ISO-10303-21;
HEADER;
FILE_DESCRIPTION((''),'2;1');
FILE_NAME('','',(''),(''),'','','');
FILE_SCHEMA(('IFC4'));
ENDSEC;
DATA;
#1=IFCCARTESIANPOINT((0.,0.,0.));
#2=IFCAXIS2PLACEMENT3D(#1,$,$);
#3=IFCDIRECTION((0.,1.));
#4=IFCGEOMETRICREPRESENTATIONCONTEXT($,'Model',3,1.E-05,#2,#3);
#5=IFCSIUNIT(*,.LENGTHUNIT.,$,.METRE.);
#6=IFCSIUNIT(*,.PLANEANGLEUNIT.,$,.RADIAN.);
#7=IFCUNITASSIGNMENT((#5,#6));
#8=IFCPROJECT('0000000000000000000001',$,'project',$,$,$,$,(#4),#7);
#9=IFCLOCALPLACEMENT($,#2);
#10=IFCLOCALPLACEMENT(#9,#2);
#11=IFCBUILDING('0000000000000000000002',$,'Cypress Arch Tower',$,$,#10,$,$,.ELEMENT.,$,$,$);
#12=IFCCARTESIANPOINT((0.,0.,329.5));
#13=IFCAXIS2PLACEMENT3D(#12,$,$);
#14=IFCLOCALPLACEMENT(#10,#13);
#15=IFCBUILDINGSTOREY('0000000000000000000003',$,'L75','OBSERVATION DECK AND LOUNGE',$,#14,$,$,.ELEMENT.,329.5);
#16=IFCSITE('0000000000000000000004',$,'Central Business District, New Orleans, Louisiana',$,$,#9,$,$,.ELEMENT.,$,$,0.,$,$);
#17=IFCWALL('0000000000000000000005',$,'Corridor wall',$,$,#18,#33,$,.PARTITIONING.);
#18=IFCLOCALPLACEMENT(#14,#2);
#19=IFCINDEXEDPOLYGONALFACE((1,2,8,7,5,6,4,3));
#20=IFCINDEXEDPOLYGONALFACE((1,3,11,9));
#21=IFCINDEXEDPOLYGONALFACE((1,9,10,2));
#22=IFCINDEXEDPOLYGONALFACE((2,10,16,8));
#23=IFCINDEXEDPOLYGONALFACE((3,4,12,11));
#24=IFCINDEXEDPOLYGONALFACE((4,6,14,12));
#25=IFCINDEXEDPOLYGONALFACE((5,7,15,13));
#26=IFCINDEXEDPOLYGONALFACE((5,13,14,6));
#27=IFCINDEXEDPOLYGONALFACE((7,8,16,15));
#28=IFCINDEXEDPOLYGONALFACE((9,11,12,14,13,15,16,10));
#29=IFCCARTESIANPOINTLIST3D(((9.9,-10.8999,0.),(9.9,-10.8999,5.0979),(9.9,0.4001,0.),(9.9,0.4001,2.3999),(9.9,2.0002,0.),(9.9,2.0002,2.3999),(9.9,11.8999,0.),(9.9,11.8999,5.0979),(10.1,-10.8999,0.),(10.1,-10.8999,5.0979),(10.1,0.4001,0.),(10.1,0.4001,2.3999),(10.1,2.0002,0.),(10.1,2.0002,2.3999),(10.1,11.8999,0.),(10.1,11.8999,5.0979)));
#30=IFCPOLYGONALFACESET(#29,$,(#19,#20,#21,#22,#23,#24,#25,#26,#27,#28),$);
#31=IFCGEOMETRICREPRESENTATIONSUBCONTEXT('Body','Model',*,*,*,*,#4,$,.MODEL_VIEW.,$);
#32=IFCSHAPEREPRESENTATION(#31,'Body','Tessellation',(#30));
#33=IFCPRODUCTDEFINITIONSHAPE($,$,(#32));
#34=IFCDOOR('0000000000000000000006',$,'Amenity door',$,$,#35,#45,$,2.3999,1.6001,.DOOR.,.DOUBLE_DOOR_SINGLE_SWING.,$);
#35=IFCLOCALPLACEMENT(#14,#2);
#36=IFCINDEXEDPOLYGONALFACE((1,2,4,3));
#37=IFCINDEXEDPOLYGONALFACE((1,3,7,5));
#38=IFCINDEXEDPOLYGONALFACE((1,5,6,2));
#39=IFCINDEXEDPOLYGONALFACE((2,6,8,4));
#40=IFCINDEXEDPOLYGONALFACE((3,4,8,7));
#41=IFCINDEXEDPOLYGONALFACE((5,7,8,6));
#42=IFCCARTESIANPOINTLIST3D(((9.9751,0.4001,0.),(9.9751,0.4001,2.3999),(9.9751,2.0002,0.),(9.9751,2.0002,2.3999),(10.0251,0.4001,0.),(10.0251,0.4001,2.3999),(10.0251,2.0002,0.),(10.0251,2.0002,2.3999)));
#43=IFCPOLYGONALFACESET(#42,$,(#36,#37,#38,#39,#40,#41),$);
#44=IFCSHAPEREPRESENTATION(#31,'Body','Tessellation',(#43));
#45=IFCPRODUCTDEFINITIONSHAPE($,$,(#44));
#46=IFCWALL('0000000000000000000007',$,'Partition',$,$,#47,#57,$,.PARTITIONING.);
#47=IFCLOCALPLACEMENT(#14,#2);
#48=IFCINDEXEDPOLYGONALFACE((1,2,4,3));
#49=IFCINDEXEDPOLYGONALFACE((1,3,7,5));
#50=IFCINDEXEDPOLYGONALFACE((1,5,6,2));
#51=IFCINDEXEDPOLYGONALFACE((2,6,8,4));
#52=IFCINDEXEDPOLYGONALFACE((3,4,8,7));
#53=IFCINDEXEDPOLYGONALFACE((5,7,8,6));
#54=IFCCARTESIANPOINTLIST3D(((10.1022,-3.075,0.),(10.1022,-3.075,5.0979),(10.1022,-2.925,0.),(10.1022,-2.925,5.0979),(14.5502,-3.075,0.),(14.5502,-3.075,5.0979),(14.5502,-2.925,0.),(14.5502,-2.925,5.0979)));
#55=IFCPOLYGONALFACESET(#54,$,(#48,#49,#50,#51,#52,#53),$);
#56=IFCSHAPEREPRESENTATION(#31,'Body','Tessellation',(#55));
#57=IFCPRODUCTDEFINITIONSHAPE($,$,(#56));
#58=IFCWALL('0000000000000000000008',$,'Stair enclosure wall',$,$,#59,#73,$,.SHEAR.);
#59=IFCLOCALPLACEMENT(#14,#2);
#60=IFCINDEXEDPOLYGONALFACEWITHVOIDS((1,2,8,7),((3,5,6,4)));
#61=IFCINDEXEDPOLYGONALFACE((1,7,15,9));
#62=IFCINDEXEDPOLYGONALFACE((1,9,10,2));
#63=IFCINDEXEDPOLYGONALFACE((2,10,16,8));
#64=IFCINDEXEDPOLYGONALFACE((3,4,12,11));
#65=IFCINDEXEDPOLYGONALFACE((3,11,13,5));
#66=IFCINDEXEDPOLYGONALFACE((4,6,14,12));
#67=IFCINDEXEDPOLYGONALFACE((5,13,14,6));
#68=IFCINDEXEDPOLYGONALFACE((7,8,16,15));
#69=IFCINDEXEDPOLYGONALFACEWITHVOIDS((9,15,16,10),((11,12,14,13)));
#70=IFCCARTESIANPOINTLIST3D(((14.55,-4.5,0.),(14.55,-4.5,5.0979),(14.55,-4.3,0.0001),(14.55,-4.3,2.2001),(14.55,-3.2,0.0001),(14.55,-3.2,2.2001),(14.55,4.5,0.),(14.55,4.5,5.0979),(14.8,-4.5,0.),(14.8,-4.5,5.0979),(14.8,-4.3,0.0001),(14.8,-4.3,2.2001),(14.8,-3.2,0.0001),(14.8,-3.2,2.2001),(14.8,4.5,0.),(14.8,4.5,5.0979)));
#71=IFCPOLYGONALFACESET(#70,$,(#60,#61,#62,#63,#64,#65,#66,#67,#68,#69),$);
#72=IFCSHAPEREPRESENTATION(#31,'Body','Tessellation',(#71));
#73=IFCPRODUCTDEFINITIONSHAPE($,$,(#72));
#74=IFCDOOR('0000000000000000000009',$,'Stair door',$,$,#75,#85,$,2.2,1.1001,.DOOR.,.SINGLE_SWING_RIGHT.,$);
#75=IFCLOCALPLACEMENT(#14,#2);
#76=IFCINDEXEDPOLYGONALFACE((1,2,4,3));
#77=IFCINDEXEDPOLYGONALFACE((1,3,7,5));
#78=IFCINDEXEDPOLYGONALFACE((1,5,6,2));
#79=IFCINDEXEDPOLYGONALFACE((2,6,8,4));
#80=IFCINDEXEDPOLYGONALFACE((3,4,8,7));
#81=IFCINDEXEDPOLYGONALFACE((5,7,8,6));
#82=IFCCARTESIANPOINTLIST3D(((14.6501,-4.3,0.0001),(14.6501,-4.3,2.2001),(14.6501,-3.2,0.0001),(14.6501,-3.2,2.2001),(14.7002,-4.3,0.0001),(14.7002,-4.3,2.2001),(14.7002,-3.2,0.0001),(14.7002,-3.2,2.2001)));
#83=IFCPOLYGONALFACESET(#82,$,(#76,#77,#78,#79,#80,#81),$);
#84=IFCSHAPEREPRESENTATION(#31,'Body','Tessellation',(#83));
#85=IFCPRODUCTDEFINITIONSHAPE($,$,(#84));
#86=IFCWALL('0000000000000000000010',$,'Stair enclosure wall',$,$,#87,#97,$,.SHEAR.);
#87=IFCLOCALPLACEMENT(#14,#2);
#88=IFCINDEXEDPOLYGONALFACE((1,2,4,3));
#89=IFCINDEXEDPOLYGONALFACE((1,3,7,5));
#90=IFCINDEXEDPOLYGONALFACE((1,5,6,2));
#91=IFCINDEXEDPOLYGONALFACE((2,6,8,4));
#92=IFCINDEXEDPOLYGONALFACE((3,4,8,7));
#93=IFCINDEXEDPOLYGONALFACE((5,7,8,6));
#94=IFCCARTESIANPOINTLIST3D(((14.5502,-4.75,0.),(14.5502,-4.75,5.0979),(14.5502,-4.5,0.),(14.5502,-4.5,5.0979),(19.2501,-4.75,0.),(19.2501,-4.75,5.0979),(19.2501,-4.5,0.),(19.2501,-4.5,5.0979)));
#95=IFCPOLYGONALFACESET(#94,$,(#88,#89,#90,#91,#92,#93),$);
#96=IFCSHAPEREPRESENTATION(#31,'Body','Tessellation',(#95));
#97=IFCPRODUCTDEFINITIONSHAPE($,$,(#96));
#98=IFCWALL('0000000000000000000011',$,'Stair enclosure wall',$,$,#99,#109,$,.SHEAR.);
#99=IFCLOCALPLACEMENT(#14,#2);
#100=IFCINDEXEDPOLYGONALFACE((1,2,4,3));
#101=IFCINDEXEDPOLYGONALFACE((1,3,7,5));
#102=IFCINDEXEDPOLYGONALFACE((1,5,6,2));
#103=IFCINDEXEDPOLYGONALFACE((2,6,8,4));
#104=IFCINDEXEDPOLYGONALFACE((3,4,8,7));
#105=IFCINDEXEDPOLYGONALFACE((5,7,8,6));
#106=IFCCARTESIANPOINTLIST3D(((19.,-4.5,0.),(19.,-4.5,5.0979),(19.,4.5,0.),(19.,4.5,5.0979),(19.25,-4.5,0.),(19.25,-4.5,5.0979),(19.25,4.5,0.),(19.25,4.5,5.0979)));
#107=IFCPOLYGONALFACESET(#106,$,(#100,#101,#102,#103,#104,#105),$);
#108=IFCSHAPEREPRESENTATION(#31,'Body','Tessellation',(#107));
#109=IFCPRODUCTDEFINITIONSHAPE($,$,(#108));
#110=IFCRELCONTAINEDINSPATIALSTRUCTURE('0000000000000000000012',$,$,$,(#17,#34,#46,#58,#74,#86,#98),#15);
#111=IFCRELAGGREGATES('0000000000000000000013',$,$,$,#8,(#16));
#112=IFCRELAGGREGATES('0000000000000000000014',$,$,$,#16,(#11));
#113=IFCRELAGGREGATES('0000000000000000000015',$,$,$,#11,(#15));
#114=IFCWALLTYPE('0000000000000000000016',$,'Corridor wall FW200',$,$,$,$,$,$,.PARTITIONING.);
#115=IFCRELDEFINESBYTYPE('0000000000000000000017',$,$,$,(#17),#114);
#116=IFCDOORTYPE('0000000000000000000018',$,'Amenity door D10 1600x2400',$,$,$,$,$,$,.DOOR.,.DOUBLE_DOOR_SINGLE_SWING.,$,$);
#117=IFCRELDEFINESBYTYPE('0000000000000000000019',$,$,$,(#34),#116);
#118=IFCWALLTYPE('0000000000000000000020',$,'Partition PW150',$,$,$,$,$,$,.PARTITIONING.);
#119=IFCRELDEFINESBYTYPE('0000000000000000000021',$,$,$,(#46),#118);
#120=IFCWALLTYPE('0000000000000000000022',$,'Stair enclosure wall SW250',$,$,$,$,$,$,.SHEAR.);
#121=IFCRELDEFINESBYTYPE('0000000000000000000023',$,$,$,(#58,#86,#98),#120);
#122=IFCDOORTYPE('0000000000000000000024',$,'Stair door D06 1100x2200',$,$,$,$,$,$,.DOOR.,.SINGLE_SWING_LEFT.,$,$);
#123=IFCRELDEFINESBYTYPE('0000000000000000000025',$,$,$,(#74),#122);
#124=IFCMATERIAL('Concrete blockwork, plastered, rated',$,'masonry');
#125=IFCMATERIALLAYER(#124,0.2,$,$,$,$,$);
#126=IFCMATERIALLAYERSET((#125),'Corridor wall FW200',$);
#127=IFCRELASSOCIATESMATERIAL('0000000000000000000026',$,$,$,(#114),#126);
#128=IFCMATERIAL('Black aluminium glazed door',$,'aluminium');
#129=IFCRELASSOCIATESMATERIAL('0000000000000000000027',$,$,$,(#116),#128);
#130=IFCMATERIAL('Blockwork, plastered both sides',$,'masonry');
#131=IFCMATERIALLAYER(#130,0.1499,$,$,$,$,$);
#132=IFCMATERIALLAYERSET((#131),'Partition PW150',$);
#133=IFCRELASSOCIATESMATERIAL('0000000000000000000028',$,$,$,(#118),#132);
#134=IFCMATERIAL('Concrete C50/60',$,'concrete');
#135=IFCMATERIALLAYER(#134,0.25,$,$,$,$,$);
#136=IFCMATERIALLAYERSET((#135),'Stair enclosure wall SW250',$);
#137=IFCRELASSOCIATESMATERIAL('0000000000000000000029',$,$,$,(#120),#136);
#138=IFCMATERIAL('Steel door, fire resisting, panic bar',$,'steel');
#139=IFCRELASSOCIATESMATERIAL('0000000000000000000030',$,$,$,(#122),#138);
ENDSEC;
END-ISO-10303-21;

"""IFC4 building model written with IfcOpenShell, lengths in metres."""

from ifc_helpers import new_model, si_unit, direction, frame, frame_2d, origin, place, context, subcontext, project, spatial, rectangle, extrude, material, layer, layer_set, type_object, element, fill, save


model = new_model("IFC4")

# Units and contexts
model_context = context("Model", 3, precision=1e-05, world=origin(), true_north=direction((0.0, 1.0)))
body_context = subcontext(model_context, "Body", "Model", "MODEL_VIEW")
ifc_project = project(units=[si_unit("LENGTHUNIT", "METRE"), si_unit("PLANEANGLEUNIT", "RADIAN")], contexts=[model_context])

# Site, building, storey
site_placement = place(None, origin())
site = spatial("IfcSite", under=ifc_project, at=site_placement, Name="Central Business District, New Orleans, Louisiana", CompositionType="ELEMENT", RefElevation=0.0)
building_placement = place(site_placement, origin())
building = spatial("IfcBuilding", under=site, at=building_placement, Name="Cypress Arch Tower", CompositionType="ELEMENT")
storey_placement = place(building_placement, frame((0.0, 0.0, 329.5)))
storey = spatial("IfcBuildingStorey", under=building, at=storey_placement, Name="L75", Description="OBSERVATION DECK AND LOUNGE", CompositionType="ELEMENT", Elevation=329.5)

# Wall, opening, door
ifc_material_1 = material(Name="Concrete blockwork, plastered, rated", Category="masonry")
ifc_layer_1 = layer(ifc_material_1, 0.2)
ifc_layer_set_1 = layer_set([ifc_layer_1], Name="Corridor wall FW200")
wall_type_1 = type_object("IfcWallType", Name="Corridor wall FW200", PredefinedType="PARTITIONING", material=ifc_layer_set_1)
wall_1_placement = place(storey_placement, frame((10.0, -10.8999, 0.0), z_axis=(0.0, 0.0, 1.0), x_axis=(0.0, 1.0, 0.0)))
wall_1 = element("IfcWall", 1, at=wall_1_placement, inside=storey, type_object=wall_type_1, Name="Corridor wall", PredefinedType="PARTITIONING", context=body_context, shape_type="SweptSolid", body=[
    extrude(rectangle(XDim=22.7998, YDim=0.2, at=frame_2d((11.3999, 0.0))), origin(), (0.0, 0.0, 1.0), 5.0979),
])
opening_1_placement = place(wall_1_placement, frame((11.3, 0.0, 0.0)))
opening_1 = element("IfcOpeningElement", 2, at=opening_1_placement, cuts=wall_1, PredefinedType="OPENING", context=body_context, shape_type="SweptSolid", body=[
    extrude(rectangle(XDim=1.6001, YDim=2.3999, at=frame_2d((0.8, 1.2))), frame((0.0, 0.1099, 0.0), z_axis=(0.0, -1.0, 0.0), x_axis=(1.0, 0.0, 0.0)), (0.0, 0.0, 1.0), 0.22),
])
ifc_material_2 = material(Name="Black aluminium glazed door", Category="aluminium")
door_type_1 = type_object("IfcDoorType", Name="Amenity door D10 1600x2400", OperationType="DOUBLE_DOOR_SINGLE_SWING", PredefinedType="DOOR", material=ifc_material_2)
door_1_placement = place(opening_1_placement, origin())
door_1 = element("IfcDoor", 3, at=door_1_placement, inside=storey, type_object=door_type_1, Name="Amenity door", OperationType="DOUBLE_DOOR_SINGLE_SWING", OverallHeight=2.3999, OverallWidth=1.6001, PredefinedType="DOOR", context=body_context, shape_type="SweptSolid", body=[
    extrude(rectangle(XDim=1.6001, YDim=2.3999, at=frame_2d((0.8, 1.2))), frame((0.0, 0.0249, 0.0), z_axis=(0.0, -1.0, 0.0), x_axis=(1.0, 0.0, 0.0)), (0.0, 0.0, 1.0), 0.05),
])
fill(opening_1, door_1)

# Wall
ifc_material_3 = material(Name="Blockwork, plastered both sides", Category="masonry")
ifc_layer_2 = layer(ifc_material_3, 0.1499)
ifc_layer_set_2 = layer_set([ifc_layer_2], Name="Partition PW150")
wall_type_2 = type_object("IfcWallType", Name="Partition PW150", PredefinedType="PARTITIONING", material=ifc_layer_set_2)
wall_2_placement = place(storey_placement, frame((10.1021, -3.0, 0.0), z_axis=(0.0, 0.0, 1.0), x_axis=(1.0, 0.0, 0.0)))
element("IfcWall", 4, at=wall_2_placement, inside=storey, type_object=wall_type_2, Name="Partition", PredefinedType="PARTITIONING", context=body_context, shape_type="SweptSolid", body=[
    extrude(rectangle(XDim=4.448, YDim=0.1499, at=frame_2d((2.2241, 0.0))), origin(), (0.0, 0.0, 1.0), 5.0979),
])

# Wall, opening, door
ifc_material_4 = material(Name="Concrete C50/60", Category="concrete")
ifc_layer_3 = layer(ifc_material_4, 0.25)
ifc_layer_set_3 = layer_set([ifc_layer_3], Name="Stair enclosure wall SW250")
wall_type_3 = type_object("IfcWallType", Name="Stair enclosure wall SW250", PredefinedType="SHEAR", material=ifc_layer_set_3)
wall_3_placement = place(storey_placement, frame((14.675, -4.5, 0.0), z_axis=(0.0, 0.0, 1.0), x_axis=(0.0, 1.0, 0.0)))
wall_3 = element("IfcWall", 5, at=wall_3_placement, inside=storey, type_object=wall_type_3, Name="Stair enclosure wall", PredefinedType="SHEAR", context=body_context, shape_type="SweptSolid", body=[
    extrude(rectangle(XDim=9.0, YDim=0.25, at=frame_2d((4.5, 0.0))), origin(), (0.0, 0.0, 1.0), 5.0979),
])
opening_2_placement = place(wall_3_placement, frame((0.2, 0.0, 0.0)))
opening_2 = element("IfcOpeningElement", 6, at=opening_2_placement, cuts=wall_3, PredefinedType="OPENING", context=body_context, shape_type="SweptSolid", body=[
    extrude(rectangle(XDim=1.1001, YDim=2.2, at=frame_2d((0.55, 1.1001))), frame((0.0, 0.135, 0.0), z_axis=(0.0, -1.0, 0.0), x_axis=(1.0, 0.0, 0.0)), (0.0, 0.0, 1.0), 0.27),
])
ifc_material_5 = material(Name="Steel door, fire resisting, panic bar", Category="steel")
door_type_2 = type_object("IfcDoorType", Name="Stair door D06 1100x2200", OperationType="SINGLE_SWING_LEFT", PredefinedType="DOOR", material=ifc_material_5)
door_2_placement = place(opening_2_placement, origin())
door_2 = element("IfcDoor", 7, at=door_2_placement, inside=storey, type_object=door_type_2, Name="Stair door", OperationType="SINGLE_SWING_RIGHT", OverallHeight=2.2, OverallWidth=1.1001, PredefinedType="DOOR", context=body_context, shape_type="SweptSolid", body=[
    extrude(rectangle(XDim=1.1001, YDim=2.2, at=frame_2d((0.55, 1.1001))), frame((0.0, 0.0249, 0.0), z_axis=(0.0, -1.0, 0.0), x_axis=(1.0, 0.0, 0.0)), (0.0, 0.0, 1.0), 0.05),
])
fill(opening_2, door_2)

# Walls
wall_4_placement = place(storey_placement, frame((14.55, -4.625, 0.0), z_axis=(0.0, 0.0, 1.0), x_axis=(1.0, 0.0, 0.0)))
element("IfcWall", 8, at=wall_4_placement, inside=storey, type_object=wall_type_3, Name="Stair enclosure wall", PredefinedType="SHEAR", context=body_context, shape_type="SweptSolid", body=[
    extrude(rectangle(XDim=4.7, YDim=0.25, at=frame_2d((2.3501, 0.0))), origin(), (0.0, 0.0, 1.0), 5.0979),
])
wall_5_placement = place(storey_placement, frame((19.125, -4.5, 0.0), z_axis=(0.0, 0.0, 1.0), x_axis=(0.0, 1.0, 0.0)))
element("IfcWall", 9, at=wall_5_placement, inside=storey, type_object=wall_type_3, Name="Stair enclosure wall", PredefinedType="SHEAR", context=body_context, shape_type="SweptSolid", body=[
    extrude(rectangle(XDim=9.0, YDim=0.25, at=frame_2d((4.5, 0.0))), origin(), (0.0, 0.0, 1.0), 5.0979),
])

save(model, "model.ifc")
